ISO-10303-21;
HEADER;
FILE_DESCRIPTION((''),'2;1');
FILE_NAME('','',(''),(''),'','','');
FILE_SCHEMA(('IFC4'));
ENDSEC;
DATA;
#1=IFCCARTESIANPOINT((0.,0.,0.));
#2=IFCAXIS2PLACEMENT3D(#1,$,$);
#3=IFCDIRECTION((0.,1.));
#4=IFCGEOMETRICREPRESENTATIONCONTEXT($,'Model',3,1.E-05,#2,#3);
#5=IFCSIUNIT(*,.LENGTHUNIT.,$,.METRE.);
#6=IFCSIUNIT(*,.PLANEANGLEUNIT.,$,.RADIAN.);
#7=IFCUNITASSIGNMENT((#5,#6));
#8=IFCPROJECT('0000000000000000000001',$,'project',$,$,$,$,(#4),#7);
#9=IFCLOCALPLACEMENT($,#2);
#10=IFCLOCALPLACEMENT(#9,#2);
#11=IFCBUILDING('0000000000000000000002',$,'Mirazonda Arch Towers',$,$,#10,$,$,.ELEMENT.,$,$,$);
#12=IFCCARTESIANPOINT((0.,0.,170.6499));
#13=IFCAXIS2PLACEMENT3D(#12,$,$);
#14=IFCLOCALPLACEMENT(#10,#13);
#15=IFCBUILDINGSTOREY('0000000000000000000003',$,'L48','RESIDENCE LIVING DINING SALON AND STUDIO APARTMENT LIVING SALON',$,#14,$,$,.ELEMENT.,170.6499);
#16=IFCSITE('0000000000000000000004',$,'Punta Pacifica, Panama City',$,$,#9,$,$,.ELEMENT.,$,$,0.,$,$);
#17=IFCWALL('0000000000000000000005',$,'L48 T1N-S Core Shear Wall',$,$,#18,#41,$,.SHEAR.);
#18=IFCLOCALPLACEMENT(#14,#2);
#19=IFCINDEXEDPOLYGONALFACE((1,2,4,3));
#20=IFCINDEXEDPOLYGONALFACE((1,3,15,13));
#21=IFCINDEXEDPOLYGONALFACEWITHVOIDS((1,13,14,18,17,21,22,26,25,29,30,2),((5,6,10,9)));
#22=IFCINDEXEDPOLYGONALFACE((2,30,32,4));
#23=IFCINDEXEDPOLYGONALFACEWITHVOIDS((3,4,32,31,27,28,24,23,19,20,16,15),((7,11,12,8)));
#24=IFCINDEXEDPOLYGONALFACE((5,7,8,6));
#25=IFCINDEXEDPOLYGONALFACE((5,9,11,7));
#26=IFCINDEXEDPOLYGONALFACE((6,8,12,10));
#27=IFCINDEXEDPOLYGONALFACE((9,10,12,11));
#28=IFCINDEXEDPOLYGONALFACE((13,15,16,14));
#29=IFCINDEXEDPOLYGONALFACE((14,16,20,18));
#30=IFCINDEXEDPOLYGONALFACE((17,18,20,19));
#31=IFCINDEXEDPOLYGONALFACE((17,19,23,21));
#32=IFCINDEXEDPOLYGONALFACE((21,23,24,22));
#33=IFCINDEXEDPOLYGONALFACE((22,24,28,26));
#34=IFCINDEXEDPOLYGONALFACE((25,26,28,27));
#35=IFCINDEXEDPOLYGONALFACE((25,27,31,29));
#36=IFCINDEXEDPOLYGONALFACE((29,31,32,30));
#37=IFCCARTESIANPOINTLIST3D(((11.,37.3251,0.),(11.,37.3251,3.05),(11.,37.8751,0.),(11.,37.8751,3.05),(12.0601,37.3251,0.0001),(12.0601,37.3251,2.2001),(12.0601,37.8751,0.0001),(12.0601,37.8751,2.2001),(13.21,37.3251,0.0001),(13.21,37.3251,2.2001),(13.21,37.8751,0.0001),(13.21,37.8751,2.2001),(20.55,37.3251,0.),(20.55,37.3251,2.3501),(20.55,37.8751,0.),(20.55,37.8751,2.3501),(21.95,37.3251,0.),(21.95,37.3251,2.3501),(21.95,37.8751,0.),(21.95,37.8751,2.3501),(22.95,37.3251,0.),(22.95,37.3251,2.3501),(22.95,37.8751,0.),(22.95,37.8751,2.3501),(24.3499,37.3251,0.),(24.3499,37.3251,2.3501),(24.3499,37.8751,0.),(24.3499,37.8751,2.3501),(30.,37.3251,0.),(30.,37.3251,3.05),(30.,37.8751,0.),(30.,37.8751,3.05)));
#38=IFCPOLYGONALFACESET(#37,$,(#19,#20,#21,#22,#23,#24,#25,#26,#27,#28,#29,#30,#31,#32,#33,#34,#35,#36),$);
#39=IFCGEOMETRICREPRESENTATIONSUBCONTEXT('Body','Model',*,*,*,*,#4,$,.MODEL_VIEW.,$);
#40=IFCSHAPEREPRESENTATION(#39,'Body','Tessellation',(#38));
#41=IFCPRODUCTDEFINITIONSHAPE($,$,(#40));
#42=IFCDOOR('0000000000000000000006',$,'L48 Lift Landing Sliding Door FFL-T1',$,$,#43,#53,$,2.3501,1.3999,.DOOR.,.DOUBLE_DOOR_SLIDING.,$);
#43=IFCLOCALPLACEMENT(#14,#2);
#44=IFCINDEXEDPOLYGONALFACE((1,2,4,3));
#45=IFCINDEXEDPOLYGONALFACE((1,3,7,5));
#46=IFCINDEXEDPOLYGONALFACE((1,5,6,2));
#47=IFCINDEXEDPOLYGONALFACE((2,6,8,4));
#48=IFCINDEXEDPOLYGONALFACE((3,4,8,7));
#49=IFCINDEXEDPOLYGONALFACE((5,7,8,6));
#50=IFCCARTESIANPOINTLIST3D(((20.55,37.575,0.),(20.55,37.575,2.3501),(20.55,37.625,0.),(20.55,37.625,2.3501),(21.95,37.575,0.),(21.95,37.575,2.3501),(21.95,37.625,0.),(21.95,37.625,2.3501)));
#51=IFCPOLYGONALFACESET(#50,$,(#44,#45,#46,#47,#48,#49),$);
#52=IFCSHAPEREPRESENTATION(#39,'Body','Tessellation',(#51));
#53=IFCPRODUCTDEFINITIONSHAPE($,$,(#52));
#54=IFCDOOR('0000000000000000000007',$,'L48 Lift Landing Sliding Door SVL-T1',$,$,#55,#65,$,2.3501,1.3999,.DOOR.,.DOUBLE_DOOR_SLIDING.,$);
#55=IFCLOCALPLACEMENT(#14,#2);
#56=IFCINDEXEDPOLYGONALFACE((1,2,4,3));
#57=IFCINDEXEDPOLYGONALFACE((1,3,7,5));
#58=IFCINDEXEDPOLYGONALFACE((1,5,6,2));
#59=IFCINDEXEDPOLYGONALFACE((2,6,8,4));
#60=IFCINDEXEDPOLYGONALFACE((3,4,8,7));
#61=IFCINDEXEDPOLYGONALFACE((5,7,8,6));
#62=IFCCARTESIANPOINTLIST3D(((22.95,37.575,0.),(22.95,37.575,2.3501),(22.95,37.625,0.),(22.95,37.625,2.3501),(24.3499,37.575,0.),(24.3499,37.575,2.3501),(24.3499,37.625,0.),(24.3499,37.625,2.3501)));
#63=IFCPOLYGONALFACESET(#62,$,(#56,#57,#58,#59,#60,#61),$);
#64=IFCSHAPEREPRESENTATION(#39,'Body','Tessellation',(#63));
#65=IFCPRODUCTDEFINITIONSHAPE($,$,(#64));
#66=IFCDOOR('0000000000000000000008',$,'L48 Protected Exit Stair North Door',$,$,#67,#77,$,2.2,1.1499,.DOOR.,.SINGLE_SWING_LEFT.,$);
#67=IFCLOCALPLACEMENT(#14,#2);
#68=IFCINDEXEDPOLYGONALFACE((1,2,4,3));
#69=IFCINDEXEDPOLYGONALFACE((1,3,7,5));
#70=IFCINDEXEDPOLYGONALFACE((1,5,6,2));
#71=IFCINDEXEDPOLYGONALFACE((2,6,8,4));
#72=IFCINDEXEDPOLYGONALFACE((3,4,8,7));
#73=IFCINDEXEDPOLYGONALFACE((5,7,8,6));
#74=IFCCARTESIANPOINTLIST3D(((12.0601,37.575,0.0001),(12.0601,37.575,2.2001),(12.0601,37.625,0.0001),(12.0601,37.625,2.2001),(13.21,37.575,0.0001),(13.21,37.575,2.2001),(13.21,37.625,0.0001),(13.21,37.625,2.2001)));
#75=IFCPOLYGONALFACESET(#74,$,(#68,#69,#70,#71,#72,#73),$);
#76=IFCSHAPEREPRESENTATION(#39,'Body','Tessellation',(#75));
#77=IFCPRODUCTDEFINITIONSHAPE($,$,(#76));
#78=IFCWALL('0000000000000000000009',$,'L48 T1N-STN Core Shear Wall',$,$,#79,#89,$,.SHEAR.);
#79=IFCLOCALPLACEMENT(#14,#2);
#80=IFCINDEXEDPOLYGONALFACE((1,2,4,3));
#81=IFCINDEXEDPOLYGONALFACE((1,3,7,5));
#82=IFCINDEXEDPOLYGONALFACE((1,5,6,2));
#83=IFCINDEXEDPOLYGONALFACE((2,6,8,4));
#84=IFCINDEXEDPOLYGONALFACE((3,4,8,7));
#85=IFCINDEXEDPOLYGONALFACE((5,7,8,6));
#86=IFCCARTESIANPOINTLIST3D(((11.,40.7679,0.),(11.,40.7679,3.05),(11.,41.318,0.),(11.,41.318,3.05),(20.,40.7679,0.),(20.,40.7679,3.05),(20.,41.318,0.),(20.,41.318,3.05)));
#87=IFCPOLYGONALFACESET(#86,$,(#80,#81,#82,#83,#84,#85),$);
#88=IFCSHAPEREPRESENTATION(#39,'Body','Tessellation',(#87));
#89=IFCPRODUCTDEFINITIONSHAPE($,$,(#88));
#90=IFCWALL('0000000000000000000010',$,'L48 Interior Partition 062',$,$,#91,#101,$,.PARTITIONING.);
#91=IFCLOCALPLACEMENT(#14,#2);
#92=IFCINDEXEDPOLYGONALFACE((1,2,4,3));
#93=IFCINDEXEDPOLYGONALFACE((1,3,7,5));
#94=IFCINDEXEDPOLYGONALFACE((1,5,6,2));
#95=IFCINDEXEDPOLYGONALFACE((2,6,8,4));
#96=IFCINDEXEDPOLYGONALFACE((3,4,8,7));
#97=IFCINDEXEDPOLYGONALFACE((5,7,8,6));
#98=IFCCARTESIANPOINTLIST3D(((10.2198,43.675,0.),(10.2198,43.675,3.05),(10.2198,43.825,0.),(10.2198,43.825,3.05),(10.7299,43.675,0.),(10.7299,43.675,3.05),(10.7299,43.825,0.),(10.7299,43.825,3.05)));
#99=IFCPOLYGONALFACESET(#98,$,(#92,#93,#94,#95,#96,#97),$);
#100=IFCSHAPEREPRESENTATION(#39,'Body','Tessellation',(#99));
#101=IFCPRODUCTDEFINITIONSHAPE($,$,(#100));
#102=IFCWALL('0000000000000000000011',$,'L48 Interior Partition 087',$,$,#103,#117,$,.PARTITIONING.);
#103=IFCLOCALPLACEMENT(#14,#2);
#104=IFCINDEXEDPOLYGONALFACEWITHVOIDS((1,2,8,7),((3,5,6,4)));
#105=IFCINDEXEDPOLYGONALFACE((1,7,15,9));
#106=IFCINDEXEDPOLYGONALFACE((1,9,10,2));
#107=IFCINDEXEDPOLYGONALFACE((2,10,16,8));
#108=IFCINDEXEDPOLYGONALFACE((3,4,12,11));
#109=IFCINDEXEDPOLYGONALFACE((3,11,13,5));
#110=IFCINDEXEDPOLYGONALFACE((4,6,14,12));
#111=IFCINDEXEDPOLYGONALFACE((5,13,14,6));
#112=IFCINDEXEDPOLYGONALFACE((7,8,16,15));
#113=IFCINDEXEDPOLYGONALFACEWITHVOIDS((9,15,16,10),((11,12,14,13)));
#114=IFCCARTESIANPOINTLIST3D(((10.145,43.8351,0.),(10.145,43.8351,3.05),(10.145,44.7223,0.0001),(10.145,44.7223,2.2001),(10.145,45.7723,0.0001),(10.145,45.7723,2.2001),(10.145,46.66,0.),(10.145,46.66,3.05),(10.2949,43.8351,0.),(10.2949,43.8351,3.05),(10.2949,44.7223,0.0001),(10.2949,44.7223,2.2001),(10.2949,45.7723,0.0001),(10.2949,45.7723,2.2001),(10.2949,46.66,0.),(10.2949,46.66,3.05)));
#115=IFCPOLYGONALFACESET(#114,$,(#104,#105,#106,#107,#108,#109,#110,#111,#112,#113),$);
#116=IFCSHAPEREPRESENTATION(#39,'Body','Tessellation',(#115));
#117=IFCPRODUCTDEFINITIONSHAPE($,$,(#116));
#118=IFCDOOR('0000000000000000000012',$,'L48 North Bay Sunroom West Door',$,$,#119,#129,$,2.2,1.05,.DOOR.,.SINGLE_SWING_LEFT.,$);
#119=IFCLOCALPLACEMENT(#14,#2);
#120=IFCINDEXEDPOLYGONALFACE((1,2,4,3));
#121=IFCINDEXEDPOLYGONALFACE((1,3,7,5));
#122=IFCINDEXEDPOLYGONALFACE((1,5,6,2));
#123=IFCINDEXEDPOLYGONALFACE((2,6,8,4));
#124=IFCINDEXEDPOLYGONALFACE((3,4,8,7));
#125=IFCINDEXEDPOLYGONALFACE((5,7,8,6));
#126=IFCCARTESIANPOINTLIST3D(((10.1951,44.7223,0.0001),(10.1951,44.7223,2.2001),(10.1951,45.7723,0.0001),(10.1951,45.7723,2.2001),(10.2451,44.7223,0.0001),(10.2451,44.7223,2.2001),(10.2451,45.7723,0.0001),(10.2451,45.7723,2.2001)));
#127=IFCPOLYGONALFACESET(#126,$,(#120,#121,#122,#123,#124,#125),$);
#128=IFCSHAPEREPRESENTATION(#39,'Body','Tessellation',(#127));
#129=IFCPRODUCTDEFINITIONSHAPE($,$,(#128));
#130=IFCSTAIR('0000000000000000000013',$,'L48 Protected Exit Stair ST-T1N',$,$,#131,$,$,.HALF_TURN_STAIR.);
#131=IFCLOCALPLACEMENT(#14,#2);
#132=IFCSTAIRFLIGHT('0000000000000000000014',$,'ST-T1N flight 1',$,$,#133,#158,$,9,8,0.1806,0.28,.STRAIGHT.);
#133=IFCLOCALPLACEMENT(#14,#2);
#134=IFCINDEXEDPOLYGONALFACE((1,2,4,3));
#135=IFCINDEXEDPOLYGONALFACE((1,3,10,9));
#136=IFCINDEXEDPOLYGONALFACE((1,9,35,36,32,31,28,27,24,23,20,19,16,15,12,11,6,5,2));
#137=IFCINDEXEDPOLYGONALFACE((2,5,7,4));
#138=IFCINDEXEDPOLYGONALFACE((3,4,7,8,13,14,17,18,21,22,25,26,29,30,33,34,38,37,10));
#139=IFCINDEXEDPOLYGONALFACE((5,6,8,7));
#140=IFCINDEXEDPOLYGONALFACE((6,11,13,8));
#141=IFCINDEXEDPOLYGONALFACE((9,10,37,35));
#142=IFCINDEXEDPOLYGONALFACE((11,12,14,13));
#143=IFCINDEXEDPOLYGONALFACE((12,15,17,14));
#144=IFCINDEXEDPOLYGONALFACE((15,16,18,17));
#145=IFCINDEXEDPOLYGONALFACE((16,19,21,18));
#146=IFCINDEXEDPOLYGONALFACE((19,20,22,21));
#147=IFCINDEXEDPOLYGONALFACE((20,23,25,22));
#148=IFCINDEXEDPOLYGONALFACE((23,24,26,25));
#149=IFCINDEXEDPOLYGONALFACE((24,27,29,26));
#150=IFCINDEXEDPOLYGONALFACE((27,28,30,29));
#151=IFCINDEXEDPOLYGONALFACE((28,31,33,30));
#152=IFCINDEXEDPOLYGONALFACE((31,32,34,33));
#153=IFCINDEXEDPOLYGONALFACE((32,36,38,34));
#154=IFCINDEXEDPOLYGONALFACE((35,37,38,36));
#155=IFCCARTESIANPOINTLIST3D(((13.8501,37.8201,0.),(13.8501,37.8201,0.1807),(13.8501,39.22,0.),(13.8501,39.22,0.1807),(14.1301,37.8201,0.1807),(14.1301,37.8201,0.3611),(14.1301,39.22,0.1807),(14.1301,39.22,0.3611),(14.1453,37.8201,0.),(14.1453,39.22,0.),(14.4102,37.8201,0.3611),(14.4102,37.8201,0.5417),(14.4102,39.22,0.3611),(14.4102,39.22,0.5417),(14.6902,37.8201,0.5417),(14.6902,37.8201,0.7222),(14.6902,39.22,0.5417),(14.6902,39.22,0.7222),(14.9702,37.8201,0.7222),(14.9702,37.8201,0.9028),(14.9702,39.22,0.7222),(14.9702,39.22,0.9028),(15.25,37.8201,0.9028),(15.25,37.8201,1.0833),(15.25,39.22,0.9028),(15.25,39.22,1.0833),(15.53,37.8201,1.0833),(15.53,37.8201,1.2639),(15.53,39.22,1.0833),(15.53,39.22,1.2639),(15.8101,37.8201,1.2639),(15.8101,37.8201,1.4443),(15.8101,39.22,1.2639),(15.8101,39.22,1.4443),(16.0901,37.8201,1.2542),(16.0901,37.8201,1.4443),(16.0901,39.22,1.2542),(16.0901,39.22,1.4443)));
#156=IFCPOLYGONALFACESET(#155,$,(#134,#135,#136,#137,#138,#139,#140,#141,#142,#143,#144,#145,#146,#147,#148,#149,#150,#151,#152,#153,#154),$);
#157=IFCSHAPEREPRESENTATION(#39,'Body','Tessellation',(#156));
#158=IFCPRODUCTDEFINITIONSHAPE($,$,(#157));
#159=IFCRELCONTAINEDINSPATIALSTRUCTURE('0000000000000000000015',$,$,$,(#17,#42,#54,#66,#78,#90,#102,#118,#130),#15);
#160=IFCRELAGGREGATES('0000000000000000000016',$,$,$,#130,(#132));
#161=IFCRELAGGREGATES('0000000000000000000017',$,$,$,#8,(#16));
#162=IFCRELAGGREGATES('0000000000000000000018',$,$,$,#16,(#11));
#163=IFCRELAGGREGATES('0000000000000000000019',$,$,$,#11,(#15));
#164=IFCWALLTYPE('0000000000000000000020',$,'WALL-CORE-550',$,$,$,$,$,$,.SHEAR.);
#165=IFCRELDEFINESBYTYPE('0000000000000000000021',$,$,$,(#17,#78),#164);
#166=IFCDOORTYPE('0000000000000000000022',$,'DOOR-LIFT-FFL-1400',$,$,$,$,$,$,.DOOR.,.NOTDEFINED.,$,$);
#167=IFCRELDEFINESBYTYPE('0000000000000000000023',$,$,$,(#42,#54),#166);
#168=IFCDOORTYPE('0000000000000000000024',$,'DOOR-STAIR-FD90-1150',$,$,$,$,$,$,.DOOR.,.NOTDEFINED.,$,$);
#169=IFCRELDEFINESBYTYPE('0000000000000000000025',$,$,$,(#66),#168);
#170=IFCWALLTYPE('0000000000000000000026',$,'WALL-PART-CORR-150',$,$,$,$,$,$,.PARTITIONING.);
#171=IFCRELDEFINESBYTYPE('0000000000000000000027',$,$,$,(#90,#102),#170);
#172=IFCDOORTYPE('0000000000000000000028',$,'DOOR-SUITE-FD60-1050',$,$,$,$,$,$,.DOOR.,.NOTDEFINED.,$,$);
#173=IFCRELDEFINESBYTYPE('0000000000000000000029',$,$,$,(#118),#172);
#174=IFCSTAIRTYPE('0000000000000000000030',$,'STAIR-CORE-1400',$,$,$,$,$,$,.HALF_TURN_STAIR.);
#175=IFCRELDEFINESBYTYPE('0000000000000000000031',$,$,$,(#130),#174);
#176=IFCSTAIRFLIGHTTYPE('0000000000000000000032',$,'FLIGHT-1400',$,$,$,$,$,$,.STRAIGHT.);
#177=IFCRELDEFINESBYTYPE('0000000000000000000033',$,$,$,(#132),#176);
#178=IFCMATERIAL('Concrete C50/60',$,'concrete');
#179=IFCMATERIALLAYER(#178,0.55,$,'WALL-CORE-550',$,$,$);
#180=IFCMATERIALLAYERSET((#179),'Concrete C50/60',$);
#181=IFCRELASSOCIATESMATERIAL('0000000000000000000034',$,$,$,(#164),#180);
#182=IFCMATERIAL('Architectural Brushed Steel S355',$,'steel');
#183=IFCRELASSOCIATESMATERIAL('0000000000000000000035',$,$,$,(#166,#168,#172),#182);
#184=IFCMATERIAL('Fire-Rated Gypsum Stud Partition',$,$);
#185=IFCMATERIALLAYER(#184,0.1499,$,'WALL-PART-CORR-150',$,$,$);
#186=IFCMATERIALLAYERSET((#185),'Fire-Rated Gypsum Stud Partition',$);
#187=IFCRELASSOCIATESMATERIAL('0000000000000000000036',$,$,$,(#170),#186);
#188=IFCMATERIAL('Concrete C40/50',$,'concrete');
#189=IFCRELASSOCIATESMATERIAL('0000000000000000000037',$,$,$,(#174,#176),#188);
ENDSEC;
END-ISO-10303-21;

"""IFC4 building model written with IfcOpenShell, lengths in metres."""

from ifc_helpers import new_model, si_unit, direction, frame, frame_2d, origin, place, context, subcontext, project, spatial, polyline, rectangle, outline, extrude, material, layer, layer_set, type_object, element, fill, aggregate, save


model = new_model("IFC4")

# Units and contexts
model_context = context("Model", 3, precision=1e-05, world=origin(), true_north=direction((0.0, 1.0)))
body_context = subcontext(model_context, "Body", "Model", "MODEL_VIEW")
ifc_project = project(units=[si_unit("LENGTHUNIT", "METRE"), si_unit("PLANEANGLEUNIT", "RADIAN")], contexts=[model_context])

# Site, building, storey
site_placement = place(None, origin())
site = spatial("IfcSite", under=ifc_project, at=site_placement, Name="Punta Pacifica, Panama City", CompositionType="ELEMENT", RefElevation=0.0)
building_placement = place(site_placement, origin())
building = spatial("IfcBuilding", under=site, at=building_placement, Name="Mirazonda Arch Towers", CompositionType="ELEMENT")
storey_placement = place(building_placement, frame((0.0, 0.0, 170.6499)))
storey = spatial("IfcBuildingStorey", under=building, at=storey_placement, Name="L48", Description="RESIDENCE LIVING DINING SALON AND STUDIO APARTMENT LIVING SALON", CompositionType="ELEMENT", Elevation=170.6499)

# Shared definitions
ifc_material_1 = material(Name="Concrete C50/60", Category="concrete")

# Shared definitions
ifc_layer_1 = layer(ifc_material_1, 0.55, Name="WALL-CORE-550")
ifc_layer_set_1 = layer_set([ifc_layer_1], Name="Concrete C50/60")
wall_type_1 = type_object("IfcWallType", Name="WALL-CORE-550", PredefinedType="SHEAR", material=ifc_layer_set_1)

# Wall, openings, doors
wall_1_placement = place(storey_placement, frame((11.0, 37.6001, 0.0), z_axis=(0.0, 0.0, 1.0), x_axis=(1.0, 0.0, 0.0)))
wall_1 = element("IfcWall", 1, at=wall_1_placement, inside=storey, type_object=wall_type_1, Name="L48 T1N-S Core Shear Wall", PredefinedType="SHEAR", context=body_context, shape_type="SweptSolid", body=[
    extrude(rectangle(XDim=19.0, YDim=0.55, at=frame_2d((9.5, 0.0))), origin(), (0.0, 0.0, 1.0), 3.05),
])
opening_1_placement = place(wall_1_placement, frame((1.0601, 0.0, 0.0)))
opening_1 = element("IfcOpeningElement", 2, at=opening_1_placement, cuts=wall_1, PredefinedType="OPENING", context=body_context, shape_type="SweptSolid", body=[
    extrude(rectangle(XDim=1.1499, YDim=2.2, at=frame_2d((0.575, 1.1001))), frame((0.0, 0.2849, 0.0), z_axis=(0.0, -1.0, 0.0), x_axis=(1.0, 0.0, 0.0)), (0.0, 0.0, 1.0), 0.5701),
])
opening_2_placement = place(wall_1_placement, frame((9.55, 0.0, 0.0)))
opening_2 = element("IfcOpeningElement", 3, at=opening_2_placement, cuts=wall_1, PredefinedType="OPENING", context=body_context, shape_type="SweptSolid", body=[
    extrude(rectangle(XDim=1.3999, YDim=2.3501, at=frame_2d((0.7, 1.175))), frame((0.0, 0.2849, 0.0), z_axis=(0.0, -1.0, 0.0), x_axis=(1.0, 0.0, 0.0)), (0.0, 0.0, 1.0), 0.5701),
])
opening_3_placement = place(wall_1_placement, frame((11.95, 0.0, 0.0)))
opening_3 = element("IfcOpeningElement", 4, at=opening_3_placement, cuts=wall_1, PredefinedType="OPENING", context=body_context, shape_type="SweptSolid", body=[
    extrude(rectangle(XDim=1.3999, YDim=2.3501, at=frame_2d((0.7, 1.175))), frame((0.0, 0.2849, 0.0), z_axis=(0.0, -1.0, 0.0), x_axis=(1.0, 0.0, 0.0)), (0.0, 0.0, 1.0), 0.5701),
])
ifc_material_2 = material(Name="Architectural Brushed Steel S355", Category="steel")
door_type_1 = type_object("IfcDoorType", Name="DOOR-LIFT-FFL-1400", OperationType="NOTDEFINED", PredefinedType="DOOR", material=ifc_material_2)
door_1_placement = place(opening_2_placement, origin())
door_1 = element("IfcDoor", 5, at=door_1_placement, inside=storey, type_object=door_type_1, Name="L48 Lift Landing Sliding Door FFL-T1", OperationType="DOUBLE_DOOR_SLIDING", OverallHeight=2.3501, OverallWidth=1.3999, PredefinedType="DOOR", context=body_context, shape_type="SweptSolid", body=[
    extrude(rectangle(XDim=1.3999, YDim=2.3501, at=frame_2d((0.7, 1.175))), frame((0.0, 0.0249, 0.0), z_axis=(0.0, -1.0, 0.0), x_axis=(1.0, 0.0, 0.0)), (0.0, 0.0, 1.0), 0.05),
])
fill(opening_2, door_1)
door_2_placement = place(opening_3_placement, origin())
door_2 = element("IfcDoor", 6, at=door_2_placement, inside=storey, type_object=door_type_1, Name="L48 Lift Landing Sliding Door SVL-T1", OperationType="DOUBLE_DOOR_SLIDING", OverallHeight=2.3501, OverallWidth=1.3999, PredefinedType="DOOR", context=body_context, shape_type="SweptSolid", body=[
    extrude(rectangle(XDim=1.3999, YDim=2.3501, at=frame_2d((0.7, 1.175))), frame((0.0, 0.0249, 0.0), z_axis=(0.0, -1.0, 0.0), x_axis=(1.0, 0.0, 0.0)), (0.0, 0.0, 1.0), 0.05),
])
fill(opening_3, door_2)
door_type_2 = type_object("IfcDoorType", Name="DOOR-STAIR-FD90-1150", OperationType="NOTDEFINED", PredefinedType="DOOR", material=ifc_material_2)
door_3_placement = place(opening_1_placement, origin())
door_3 = element("IfcDoor", 7, at=door_3_placement, inside=storey, type_object=door_type_2, Name="L48 Protected Exit Stair North Door", OperationType="SINGLE_SWING_LEFT", OverallHeight=2.2, OverallWidth=1.1499, PredefinedType="DOOR", context=body_context, shape_type="SweptSolid", body=[
    extrude(rectangle(XDim=1.1499, YDim=2.2, at=frame_2d((0.575, 1.1001))), frame((0.0, 0.0249, 0.0), z_axis=(0.0, -1.0, 0.0), x_axis=(1.0, 0.0, 0.0)), (0.0, 0.0, 1.0), 0.05),
])
fill(opening_1, door_3)

# Walls
wall_2_placement = place(storey_placement, frame((11.0, 41.043, 0.0), z_axis=(0.0, 0.0, 1.0), x_axis=(1.0, 0.0, 0.0)))
element("IfcWall", 8, at=wall_2_placement, inside=storey, type_object=wall_type_1, Name="L48 T1N-STN Core Shear Wall", PredefinedType="SHEAR", context=body_context, shape_type="SweptSolid", body=[
    extrude(rectangle(XDim=9.0, YDim=0.55, at=frame_2d((4.5, 0.0))), origin(), (0.0, 0.0, 1.0), 3.05),
])
ifc_material_3 = material(Name="Fire-Rated Gypsum Stud Partition")
ifc_layer_2 = layer(ifc_material_3, 0.1499, Name="WALL-PART-CORR-150")
ifc_layer_set_2 = layer_set([ifc_layer_2], Name="Fire-Rated Gypsum Stud Partition")
wall_type_2 = type_object("IfcWallType", Name="WALL-PART-CORR-150", PredefinedType="PARTITIONING", material=ifc_layer_set_2)
wall_3_placement = place(storey_placement, frame((10.22, 43.75, 0.0), z_axis=(0.0, 0.0, 1.0), x_axis=(1.0, 0.0, 0.0)))
element("IfcWall", 9, at=wall_3_placement, inside=storey, type_object=wall_type_2, Name="L48 Interior Partition 062", PredefinedType="PARTITIONING", context=body_context, shape_type="SweptSolid", body=[
    extrude(rectangle(XDim=0.51, YDim=0.1499, at=frame_2d((0.2549, 0.0))), origin(), (0.0, 0.0, 1.0), 3.05),
])

# Wall, opening, door
wall_4_placement = place(storey_placement, frame((10.22, 43.835, 0.0), z_axis=(0.0, 0.0, 1.0), x_axis=(0.0, 1.0, 0.0)))
wall_4 = element("IfcWall", 10, at=wall_4_placement, inside=storey, type_object=wall_type_2, Name="L48 Interior Partition 087", PredefinedType="PARTITIONING", context=body_context, shape_type="SweptSolid", body=[
    extrude(rectangle(XDim=2.825, YDim=0.1499, at=frame_2d((1.4126, 0.0))), origin(), (0.0, 0.0, 1.0), 3.05),
])
opening_4_placement = place(wall_4_placement, frame((0.8875, 0.0, 0.0)))
opening_4 = element("IfcOpeningElement", 11, at=opening_4_placement, cuts=wall_4, PredefinedType="OPENING", context=body_context, shape_type="SweptSolid", body=[
    extrude(rectangle(XDim=1.05, YDim=2.2, at=frame_2d((0.5249, 1.1001))), frame((0.0, 0.085, 0.0), z_axis=(0.0, -1.0, 0.0), x_axis=(1.0, 0.0, 0.0)), (0.0, 0.0, 1.0), 0.1699),
])
door_type_3 = type_object("IfcDoorType", Name="DOOR-SUITE-FD60-1050", OperationType="NOTDEFINED", PredefinedType="DOOR", material=ifc_material_2)
door_4_placement = place(opening_4_placement, origin())
door_4 = element("IfcDoor", 12, at=door_4_placement, inside=storey, type_object=door_type_3, Name="L48 North Bay Sunroom West Door", OperationType="SINGLE_SWING_LEFT", OverallHeight=2.2, OverallWidth=1.05, PredefinedType="DOOR", context=body_context, shape_type="SweptSolid", body=[
    extrude(rectangle(XDim=1.05, YDim=2.2, at=frame_2d((0.5249, 1.1001))), frame((0.0, 0.0249, 0.0), z_axis=(0.0, -1.0, 0.0), x_axis=(1.0, 0.0, 0.0)), (0.0, 0.0, 1.0), 0.05),
])
fill(opening_4, door_4)

# Stair, stair flight
ifc_material_4 = material(Name="Concrete C40/50", Category="concrete")
stair_type = type_object("IfcStairType", Name="STAIR-CORE-1400", PredefinedType="HALF_TURN_STAIR", material=ifc_material_4)
stair_placement = place(storey_placement, origin())
stair = element("IfcStair", 13, at=stair_placement, inside=storey, type_object=stair_type, Name="L48 Protected Exit Stair ST-T1N", PredefinedType="HALF_TURN_STAIR")
stair_flight_type = type_object("IfcStairFlightType", Name="FLIGHT-1400", PredefinedType="STRAIGHT", material=ifc_material_4)
stair_flight_placement = place(storey_placement, frame((13.8501, 38.52, 0.0), z_axis=(0.0, 0.0, 1.0), x_axis=(1.0, 0.0, 0.0)))
stair_flight = element("IfcStairFlight", 14, at=stair_flight_placement, type_object=stair_flight_type, Name="ST-T1N flight 1", NumberOfRisers=9, NumberOfTreads=8, PredefinedType="STRAIGHT", RiserHeight=0.1806, TreadLength=0.28, context=body_context, shape_type="SweptSolid", body=[
    extrude(outline(polyline([(0.0, 0.0), (0.0, 0.1807), (0.28, 0.1807), (0.28, 0.3611), (0.5601, 0.3611), (0.5601, 0.5417), (0.8401, 0.5417), (0.8401, 0.7222), (1.1201, 0.7222), (1.1201, 0.9028), (1.3999, 0.9028), (1.3999, 1.0833), (1.6799, 1.0833), (1.6799, 1.2639), (1.96, 1.2639), (1.96, 1.4443), (2.24, 1.4443), (2.24, 1.625), (2.24, 1.2542), (0.2952, 0.0), (0.0, 0.0)])), frame((0.0, 0.7, 0.0), z_axis=(0.0, -1.0, 0.0), x_axis=(1.0, 0.0, 0.0)), (0.0, 0.0, 1.0), 1.3999),
])
aggregate(stair, [stair_flight])

save(model, "model.ifc")
